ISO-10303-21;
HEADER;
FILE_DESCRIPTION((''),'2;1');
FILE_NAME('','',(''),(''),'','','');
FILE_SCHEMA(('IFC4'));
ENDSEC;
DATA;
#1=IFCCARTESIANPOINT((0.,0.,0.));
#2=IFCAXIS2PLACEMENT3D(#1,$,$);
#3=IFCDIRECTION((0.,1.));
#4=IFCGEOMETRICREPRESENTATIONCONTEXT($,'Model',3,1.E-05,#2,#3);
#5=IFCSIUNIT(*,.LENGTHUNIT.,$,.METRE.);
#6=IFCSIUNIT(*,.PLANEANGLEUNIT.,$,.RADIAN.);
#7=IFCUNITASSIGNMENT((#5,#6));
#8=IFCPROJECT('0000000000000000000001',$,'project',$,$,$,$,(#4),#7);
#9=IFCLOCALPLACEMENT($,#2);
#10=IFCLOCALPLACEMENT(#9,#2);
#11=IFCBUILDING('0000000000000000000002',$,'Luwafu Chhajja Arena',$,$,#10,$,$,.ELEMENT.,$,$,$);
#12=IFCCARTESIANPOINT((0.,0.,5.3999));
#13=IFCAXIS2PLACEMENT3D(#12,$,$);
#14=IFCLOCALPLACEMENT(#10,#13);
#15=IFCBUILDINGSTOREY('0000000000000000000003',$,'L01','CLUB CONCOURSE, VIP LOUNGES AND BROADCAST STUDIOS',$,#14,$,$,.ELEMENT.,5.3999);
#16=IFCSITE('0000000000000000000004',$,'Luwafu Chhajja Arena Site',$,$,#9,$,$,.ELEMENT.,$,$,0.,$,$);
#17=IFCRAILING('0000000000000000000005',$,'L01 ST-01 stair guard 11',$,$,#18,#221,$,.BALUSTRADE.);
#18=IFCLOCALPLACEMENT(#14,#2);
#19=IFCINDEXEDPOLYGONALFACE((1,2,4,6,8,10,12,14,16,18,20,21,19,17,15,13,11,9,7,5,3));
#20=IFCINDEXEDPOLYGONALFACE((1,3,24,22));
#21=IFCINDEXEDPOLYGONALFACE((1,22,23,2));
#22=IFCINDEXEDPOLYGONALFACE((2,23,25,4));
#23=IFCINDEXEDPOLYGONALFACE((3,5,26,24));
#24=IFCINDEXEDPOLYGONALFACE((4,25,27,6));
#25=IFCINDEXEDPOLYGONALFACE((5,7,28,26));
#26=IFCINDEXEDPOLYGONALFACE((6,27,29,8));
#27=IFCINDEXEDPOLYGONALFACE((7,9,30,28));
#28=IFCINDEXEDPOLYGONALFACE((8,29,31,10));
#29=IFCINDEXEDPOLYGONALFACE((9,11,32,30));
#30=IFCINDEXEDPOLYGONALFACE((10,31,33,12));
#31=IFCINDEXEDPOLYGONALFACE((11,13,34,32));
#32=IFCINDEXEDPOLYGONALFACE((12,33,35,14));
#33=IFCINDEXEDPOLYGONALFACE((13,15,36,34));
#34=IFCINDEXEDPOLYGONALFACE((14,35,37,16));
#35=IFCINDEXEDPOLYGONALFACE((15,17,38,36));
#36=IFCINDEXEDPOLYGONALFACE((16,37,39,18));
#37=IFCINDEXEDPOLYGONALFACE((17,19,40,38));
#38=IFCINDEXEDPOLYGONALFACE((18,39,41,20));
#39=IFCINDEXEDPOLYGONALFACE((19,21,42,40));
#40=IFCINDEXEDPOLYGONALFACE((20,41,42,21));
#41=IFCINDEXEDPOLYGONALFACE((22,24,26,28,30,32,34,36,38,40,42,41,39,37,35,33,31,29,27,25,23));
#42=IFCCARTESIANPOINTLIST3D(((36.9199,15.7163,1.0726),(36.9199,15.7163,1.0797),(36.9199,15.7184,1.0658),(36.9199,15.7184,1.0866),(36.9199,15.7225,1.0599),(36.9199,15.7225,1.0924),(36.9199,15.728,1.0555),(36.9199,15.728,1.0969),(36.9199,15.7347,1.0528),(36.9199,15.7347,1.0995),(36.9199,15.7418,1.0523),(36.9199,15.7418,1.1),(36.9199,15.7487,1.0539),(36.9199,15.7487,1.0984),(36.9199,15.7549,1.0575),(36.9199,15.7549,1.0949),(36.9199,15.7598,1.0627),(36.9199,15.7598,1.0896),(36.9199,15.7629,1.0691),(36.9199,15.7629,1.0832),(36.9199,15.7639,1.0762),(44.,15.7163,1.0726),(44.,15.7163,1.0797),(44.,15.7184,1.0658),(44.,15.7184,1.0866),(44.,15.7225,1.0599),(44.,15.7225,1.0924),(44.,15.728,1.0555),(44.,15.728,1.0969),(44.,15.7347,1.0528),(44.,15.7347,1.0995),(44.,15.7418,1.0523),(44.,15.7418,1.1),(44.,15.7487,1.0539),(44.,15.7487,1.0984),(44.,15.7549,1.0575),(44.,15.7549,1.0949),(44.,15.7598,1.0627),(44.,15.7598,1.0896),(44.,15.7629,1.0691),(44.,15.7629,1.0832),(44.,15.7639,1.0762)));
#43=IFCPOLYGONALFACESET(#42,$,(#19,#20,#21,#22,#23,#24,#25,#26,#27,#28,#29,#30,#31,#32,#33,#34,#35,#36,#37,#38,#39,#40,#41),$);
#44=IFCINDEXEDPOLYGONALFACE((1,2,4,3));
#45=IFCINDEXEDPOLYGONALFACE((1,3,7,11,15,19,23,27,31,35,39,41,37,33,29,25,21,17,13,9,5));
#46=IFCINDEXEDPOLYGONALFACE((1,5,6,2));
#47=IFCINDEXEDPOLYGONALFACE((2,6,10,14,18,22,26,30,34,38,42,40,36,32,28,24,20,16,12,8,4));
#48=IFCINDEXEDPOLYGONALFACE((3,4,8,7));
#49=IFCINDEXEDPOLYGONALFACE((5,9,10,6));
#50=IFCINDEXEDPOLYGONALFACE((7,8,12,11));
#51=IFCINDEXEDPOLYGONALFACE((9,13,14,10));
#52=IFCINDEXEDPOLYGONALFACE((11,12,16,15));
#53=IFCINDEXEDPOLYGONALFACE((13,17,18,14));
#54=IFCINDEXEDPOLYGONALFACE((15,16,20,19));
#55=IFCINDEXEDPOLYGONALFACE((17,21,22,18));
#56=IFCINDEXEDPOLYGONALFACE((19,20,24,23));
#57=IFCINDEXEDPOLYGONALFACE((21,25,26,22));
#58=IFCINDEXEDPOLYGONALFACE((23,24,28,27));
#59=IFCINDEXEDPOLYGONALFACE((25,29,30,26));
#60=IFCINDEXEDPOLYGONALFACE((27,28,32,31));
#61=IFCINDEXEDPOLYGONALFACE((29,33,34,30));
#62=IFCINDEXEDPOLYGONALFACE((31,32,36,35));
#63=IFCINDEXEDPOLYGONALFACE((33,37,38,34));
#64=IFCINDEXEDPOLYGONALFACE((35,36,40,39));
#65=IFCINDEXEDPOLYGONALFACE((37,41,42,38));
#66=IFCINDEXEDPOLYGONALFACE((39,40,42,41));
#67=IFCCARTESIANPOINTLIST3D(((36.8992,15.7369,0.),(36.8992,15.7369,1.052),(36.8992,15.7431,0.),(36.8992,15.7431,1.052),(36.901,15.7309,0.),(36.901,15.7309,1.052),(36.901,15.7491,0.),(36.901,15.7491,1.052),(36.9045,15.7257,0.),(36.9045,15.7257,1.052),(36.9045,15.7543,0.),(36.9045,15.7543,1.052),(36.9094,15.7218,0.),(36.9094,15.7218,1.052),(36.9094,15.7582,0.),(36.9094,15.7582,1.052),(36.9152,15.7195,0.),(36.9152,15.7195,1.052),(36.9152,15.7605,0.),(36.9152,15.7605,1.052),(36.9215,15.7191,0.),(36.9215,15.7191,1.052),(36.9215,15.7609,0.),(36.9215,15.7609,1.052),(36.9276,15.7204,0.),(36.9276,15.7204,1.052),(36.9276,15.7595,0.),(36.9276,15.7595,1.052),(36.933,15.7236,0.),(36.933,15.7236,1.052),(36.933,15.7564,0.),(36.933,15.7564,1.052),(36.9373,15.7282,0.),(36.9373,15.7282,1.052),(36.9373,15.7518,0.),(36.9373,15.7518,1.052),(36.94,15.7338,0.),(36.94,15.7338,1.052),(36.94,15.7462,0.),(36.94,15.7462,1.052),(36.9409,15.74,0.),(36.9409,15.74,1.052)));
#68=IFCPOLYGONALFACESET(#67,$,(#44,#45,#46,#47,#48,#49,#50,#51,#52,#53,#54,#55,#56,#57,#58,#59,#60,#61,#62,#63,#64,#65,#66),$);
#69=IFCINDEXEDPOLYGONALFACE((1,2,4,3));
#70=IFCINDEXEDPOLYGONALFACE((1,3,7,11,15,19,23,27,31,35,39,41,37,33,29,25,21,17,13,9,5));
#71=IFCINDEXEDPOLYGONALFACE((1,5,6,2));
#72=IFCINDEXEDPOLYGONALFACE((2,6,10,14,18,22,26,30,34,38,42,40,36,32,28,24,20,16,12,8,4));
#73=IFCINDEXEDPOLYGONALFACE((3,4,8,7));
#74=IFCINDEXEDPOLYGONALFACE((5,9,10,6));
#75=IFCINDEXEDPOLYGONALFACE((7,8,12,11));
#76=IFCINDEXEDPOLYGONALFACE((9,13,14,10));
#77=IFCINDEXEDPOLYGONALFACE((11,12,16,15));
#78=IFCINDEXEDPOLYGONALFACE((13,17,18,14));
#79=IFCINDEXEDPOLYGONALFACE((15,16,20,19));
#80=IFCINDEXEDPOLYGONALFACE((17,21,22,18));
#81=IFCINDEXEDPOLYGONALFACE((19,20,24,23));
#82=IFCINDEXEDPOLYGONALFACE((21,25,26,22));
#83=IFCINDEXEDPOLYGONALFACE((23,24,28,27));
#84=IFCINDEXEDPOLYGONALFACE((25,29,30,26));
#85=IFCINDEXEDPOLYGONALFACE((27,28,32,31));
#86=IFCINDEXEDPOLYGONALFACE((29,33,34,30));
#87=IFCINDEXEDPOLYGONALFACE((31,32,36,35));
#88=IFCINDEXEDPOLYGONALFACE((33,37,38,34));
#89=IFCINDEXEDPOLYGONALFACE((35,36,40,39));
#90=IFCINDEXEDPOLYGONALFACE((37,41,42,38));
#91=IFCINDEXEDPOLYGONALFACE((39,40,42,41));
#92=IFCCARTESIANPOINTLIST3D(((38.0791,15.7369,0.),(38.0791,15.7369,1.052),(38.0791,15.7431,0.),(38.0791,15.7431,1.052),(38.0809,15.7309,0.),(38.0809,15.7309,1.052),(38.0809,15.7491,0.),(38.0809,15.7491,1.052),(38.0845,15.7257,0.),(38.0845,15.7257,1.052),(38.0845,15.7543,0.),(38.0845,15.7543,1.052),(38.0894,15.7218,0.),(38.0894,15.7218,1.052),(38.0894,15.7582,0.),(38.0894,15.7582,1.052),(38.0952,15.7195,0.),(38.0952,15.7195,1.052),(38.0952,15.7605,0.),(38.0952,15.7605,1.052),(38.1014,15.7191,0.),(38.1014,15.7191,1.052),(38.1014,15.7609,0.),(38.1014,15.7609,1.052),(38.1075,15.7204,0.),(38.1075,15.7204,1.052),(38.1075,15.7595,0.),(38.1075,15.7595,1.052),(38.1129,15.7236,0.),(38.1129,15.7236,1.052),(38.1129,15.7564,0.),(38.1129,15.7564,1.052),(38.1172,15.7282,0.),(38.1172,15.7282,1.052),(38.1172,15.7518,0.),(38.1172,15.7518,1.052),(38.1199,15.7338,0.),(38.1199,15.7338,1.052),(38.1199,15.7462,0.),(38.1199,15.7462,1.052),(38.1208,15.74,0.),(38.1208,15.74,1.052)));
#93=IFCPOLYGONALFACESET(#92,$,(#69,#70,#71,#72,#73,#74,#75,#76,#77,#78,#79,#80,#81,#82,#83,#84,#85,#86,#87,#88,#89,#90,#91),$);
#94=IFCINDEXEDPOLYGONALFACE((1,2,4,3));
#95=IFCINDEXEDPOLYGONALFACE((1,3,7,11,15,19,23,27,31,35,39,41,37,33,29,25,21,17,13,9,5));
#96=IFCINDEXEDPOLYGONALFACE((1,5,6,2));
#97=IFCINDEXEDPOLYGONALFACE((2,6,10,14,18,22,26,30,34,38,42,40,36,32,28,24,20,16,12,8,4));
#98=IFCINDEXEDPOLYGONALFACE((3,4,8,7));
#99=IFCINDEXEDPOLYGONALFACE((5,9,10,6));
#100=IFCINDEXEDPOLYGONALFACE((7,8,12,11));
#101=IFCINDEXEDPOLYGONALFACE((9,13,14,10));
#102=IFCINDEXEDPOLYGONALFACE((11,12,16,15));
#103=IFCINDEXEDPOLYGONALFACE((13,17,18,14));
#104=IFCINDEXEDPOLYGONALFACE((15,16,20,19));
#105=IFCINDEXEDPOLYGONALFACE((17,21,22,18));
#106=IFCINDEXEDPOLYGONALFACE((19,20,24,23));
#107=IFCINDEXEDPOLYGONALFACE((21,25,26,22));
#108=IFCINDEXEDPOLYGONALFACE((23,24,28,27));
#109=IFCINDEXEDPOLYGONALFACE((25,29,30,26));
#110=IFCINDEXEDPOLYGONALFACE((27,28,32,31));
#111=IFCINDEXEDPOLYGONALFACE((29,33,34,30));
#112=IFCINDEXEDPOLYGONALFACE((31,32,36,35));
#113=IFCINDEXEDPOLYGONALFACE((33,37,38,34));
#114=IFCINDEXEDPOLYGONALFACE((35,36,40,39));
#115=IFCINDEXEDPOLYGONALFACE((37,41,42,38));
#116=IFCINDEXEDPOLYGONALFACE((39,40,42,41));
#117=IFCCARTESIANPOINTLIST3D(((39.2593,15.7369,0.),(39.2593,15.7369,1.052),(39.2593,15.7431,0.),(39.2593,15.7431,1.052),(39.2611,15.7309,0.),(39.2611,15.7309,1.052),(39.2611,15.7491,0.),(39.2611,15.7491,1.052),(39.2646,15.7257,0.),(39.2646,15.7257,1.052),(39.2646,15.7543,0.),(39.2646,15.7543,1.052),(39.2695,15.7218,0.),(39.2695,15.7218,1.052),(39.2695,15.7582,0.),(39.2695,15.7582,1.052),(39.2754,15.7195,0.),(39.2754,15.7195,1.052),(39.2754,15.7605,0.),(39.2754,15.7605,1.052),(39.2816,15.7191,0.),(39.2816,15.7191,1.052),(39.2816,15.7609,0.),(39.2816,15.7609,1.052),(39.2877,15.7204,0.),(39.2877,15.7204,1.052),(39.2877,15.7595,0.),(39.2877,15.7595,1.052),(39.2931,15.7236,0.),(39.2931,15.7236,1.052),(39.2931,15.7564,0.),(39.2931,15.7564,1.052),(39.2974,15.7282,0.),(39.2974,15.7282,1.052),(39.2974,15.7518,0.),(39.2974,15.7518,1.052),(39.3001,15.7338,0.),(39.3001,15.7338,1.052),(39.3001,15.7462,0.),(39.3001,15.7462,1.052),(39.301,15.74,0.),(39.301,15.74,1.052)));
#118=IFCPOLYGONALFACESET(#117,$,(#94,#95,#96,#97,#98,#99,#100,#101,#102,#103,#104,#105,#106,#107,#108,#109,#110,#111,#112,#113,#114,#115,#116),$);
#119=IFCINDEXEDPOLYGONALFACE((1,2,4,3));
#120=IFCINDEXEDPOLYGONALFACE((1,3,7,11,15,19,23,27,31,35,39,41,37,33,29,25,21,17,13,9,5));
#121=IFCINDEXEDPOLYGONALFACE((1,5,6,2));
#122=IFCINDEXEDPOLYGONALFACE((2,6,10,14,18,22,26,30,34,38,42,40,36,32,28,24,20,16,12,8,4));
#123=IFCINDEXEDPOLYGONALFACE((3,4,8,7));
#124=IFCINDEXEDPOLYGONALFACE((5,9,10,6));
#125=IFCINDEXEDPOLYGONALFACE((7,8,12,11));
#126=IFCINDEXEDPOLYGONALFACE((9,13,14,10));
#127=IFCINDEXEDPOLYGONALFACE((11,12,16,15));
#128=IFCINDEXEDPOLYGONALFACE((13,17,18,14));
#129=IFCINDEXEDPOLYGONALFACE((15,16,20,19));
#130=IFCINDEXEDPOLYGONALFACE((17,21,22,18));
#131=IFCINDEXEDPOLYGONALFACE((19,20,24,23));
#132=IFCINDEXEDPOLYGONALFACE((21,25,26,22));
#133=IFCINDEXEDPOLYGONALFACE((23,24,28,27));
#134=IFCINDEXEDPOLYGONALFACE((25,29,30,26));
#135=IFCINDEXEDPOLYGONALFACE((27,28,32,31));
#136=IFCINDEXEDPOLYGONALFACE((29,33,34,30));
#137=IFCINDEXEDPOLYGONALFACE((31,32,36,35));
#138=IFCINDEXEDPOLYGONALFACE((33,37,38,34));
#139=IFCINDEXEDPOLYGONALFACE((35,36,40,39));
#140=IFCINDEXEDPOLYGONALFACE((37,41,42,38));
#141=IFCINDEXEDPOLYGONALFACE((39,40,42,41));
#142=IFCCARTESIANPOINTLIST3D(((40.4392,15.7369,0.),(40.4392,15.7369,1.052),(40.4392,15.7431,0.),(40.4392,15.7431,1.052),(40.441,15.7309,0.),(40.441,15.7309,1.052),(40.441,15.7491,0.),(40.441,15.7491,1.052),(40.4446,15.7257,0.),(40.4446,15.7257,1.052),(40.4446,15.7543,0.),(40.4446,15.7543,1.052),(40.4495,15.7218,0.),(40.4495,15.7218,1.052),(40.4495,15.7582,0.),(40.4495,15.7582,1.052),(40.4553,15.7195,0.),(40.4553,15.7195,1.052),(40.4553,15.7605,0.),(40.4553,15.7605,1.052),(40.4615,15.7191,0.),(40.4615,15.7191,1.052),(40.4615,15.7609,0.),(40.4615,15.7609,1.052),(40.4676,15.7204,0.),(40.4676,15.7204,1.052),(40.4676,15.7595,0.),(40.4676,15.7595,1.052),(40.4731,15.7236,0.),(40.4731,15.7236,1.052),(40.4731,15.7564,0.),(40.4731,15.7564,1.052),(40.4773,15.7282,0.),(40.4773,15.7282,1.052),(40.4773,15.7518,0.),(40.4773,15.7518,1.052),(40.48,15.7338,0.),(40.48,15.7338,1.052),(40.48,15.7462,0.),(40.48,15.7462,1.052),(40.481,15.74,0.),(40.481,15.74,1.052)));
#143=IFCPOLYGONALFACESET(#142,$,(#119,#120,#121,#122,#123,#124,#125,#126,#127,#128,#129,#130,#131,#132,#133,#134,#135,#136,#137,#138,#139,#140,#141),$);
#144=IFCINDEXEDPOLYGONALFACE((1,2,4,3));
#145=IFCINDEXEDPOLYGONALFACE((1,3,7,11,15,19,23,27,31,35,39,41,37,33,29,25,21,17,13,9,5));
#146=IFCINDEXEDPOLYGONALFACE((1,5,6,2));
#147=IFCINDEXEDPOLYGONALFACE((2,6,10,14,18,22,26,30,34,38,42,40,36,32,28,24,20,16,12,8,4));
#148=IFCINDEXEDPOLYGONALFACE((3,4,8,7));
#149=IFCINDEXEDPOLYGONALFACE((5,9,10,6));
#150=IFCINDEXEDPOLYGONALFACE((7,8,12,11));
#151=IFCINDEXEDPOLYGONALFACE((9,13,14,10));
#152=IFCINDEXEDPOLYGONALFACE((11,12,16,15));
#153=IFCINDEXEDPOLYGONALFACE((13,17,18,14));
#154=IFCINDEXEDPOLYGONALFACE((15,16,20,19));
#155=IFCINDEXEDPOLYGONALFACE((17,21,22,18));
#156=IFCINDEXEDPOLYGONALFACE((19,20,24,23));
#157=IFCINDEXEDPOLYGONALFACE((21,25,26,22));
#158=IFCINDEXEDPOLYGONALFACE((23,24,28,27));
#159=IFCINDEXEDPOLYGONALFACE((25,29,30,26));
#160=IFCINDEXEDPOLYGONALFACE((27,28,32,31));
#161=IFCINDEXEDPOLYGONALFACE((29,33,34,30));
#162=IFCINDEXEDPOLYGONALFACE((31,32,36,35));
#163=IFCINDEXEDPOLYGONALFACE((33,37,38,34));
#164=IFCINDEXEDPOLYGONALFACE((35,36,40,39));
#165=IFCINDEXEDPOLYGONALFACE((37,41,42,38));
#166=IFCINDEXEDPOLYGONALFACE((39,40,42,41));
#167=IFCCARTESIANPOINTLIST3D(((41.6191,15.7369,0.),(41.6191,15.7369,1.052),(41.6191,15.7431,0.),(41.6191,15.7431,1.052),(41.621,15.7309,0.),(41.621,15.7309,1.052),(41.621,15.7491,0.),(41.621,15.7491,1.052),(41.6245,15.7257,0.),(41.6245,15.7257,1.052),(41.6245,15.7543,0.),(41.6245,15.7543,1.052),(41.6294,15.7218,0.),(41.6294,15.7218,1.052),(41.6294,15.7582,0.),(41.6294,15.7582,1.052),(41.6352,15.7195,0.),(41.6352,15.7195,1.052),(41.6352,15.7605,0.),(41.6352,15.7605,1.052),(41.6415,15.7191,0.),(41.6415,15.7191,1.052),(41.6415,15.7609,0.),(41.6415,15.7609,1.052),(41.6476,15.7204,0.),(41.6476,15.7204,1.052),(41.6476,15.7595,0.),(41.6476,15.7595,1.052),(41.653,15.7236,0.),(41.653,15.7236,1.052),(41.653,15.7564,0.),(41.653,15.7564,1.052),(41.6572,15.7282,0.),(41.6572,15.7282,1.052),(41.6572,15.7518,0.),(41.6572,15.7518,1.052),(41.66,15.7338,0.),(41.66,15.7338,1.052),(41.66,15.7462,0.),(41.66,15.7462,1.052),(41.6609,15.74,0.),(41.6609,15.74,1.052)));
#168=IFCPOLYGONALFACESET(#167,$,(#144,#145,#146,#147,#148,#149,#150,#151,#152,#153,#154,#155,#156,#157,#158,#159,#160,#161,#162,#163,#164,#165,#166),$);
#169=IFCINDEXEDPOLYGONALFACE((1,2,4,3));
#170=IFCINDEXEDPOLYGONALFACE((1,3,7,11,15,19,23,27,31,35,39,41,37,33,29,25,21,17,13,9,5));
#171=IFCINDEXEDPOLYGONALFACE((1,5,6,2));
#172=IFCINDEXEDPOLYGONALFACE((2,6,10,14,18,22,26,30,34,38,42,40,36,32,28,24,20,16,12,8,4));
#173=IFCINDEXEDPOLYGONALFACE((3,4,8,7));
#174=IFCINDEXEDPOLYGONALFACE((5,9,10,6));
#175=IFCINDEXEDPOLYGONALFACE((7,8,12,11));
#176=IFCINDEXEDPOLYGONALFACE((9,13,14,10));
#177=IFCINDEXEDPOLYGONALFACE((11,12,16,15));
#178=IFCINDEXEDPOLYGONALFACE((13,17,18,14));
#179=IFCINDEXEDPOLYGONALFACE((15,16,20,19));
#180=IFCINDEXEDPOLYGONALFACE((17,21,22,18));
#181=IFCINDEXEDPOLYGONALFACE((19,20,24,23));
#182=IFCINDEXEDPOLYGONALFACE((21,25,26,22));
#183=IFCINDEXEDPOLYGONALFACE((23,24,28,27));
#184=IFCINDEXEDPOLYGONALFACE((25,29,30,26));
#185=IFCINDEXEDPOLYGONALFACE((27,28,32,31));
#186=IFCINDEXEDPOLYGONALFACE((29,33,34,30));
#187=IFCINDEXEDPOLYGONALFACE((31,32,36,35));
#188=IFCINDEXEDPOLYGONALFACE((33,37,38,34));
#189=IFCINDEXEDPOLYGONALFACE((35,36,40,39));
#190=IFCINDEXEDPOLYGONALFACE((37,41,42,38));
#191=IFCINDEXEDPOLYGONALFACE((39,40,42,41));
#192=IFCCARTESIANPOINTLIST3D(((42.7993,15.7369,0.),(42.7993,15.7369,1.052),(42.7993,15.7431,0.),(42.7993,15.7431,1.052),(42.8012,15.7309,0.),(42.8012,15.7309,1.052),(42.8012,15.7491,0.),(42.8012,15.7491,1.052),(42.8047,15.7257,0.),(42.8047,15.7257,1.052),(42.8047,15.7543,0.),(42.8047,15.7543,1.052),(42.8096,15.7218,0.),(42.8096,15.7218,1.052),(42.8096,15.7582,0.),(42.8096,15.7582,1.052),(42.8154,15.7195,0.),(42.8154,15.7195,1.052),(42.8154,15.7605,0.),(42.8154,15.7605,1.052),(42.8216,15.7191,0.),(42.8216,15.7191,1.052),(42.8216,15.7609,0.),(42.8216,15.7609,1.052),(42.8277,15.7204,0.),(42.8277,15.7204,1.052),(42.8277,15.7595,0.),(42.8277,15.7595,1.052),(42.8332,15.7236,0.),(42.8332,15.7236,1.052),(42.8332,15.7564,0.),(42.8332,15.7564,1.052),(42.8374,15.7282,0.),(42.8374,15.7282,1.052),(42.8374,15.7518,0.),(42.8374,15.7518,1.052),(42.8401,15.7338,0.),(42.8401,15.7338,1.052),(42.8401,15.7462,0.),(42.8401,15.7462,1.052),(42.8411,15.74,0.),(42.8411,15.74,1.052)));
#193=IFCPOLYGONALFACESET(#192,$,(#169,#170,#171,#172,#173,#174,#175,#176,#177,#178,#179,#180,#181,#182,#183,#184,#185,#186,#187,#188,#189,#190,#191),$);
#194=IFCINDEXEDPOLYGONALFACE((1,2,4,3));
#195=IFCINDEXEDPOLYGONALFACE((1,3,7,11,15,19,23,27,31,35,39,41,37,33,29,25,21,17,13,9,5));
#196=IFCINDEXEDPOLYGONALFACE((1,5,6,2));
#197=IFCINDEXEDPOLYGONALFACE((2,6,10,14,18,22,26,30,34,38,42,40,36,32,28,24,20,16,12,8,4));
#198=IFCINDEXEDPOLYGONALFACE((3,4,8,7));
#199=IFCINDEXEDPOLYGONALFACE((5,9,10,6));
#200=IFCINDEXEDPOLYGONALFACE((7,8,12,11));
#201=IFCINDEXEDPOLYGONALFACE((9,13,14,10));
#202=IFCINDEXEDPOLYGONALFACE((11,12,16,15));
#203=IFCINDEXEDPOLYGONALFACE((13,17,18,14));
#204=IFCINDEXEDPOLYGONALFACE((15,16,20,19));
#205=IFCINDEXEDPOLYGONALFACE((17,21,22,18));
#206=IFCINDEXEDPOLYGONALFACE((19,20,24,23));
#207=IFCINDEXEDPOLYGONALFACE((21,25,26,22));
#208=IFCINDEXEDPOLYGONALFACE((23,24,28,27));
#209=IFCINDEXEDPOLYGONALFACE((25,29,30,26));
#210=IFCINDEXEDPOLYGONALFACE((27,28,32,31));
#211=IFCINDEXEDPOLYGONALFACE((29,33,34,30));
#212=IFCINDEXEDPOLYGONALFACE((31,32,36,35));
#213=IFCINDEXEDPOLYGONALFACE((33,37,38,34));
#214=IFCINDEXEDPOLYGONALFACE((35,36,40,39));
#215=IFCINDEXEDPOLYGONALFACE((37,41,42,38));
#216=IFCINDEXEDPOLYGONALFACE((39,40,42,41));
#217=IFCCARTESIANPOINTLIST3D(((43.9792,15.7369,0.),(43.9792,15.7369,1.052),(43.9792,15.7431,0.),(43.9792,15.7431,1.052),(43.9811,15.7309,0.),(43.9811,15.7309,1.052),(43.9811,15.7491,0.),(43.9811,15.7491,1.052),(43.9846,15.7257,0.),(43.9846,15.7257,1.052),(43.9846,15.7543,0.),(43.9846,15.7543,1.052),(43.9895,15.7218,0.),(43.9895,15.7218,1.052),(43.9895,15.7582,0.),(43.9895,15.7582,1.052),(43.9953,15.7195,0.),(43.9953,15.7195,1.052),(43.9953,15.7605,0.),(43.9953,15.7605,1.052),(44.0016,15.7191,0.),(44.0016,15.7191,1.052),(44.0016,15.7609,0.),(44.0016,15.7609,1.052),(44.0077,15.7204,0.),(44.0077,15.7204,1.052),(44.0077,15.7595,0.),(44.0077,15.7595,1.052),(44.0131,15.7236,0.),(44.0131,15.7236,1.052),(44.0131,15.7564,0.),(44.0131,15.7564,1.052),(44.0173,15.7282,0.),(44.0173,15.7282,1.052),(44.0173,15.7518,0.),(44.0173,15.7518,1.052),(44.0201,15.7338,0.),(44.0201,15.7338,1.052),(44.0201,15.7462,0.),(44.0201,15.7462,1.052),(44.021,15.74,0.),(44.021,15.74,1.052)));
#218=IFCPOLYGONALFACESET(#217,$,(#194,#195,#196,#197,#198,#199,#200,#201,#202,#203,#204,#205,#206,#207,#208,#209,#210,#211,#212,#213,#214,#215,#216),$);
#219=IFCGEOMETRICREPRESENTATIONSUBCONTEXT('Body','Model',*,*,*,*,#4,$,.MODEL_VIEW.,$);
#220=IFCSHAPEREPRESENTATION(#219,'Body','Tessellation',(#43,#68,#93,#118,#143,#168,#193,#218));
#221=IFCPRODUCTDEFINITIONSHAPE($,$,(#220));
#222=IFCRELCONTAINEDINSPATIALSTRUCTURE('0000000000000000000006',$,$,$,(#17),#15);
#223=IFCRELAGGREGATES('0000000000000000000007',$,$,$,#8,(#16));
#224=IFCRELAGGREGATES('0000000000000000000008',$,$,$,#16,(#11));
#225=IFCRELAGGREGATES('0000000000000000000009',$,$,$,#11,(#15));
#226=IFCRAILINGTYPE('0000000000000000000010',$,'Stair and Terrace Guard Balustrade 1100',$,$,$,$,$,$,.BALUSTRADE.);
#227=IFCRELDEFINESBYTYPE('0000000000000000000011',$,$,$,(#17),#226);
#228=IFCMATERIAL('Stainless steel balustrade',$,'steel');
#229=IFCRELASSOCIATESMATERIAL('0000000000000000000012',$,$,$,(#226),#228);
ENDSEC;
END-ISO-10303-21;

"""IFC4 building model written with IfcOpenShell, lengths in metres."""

from ifc_helpers import new_model, si_unit, direction, frame, origin, origin_2d, place, context, subcontext, project, spatial, circle, extrude, material, type_object, element, save


model = new_model("IFC4")

# Units and contexts
model_context = context("Model", 3, precision=1e-05, world=origin(), true_north=direction((0.0, 1.0)))
body_context = subcontext(model_context, "Body", "Model", "MODEL_VIEW")
ifc_project = project(units=[si_unit("LENGTHUNIT", "METRE"), si_unit("PLANEANGLEUNIT", "RADIAN")], contexts=[model_context])

# Site, building, storey
site_placement = place(None, origin())
site = spatial("IfcSite", under=ifc_project, at=site_placement, Name="Luwafu Chhajja Arena Site", CompositionType="ELEMENT", RefElevation=0.0)
building_placement = place(site_placement, origin())
building = spatial("IfcBuilding", under=site, at=building_placement, Name="Luwafu Chhajja Arena", CompositionType="ELEMENT")
storey_placement = place(building_placement, frame((0.0, 0.0, 5.3999)))
storey = spatial("IfcBuildingStorey", under=building, at=storey_placement, Name="L01", Description="CLUB CONCOURSE, VIP LOUNGES AND BROADCAST STUDIOS", CompositionType="ELEMENT", Elevation=5.3999)

# Railing
ifc_material_1 = material(Name="Stainless steel balustrade", Category="steel")
railing_type_1 = type_object("IfcRailingType", Name="Stair and Terrace Guard Balustrade 1100", PredefinedType="BALUSTRADE", material=ifc_material_1)
railing_1_placement = place(storey_placement, frame((36.9199, 15.74, 0.0)))
element("IfcRailing", 1, at=railing_1_placement, inside=storey, type_object=railing_type_1, Name="L01 ST-01 stair guard 11", PredefinedType="BALUSTRADE", context=body_context, shape_type="SweptSolid", body=[
    extrude(circle(Radius=0.0239, at=origin_2d()), frame((0.0, 0.0, 1.0762), z_axis=(1.0, 0.0, 0.0), x_axis=(0.0, 1.0, 0.0)), (0.0, 0.0, 1.0), 7.0801),
    extrude(circle(Radius=0.021, at=origin_2d()), origin(), (0.0, 0.0, 1.0), 1.052),
    extrude(circle(Radius=0.021, at=origin_2d()), frame((1.1799, 0.0, 0.0)), (0.0, 0.0, 1.0), 1.052),
    extrude(circle(Radius=0.021, at=origin_2d()), frame((2.3601, 0.0, 0.0)), (0.0, 0.0, 1.0), 1.052),
    extrude(circle(Radius=0.021, at=origin_2d()), frame((3.54, 0.0, 0.0)), (0.0, 0.0, 1.0), 1.052),
    extrude(circle(Radius=0.021, at=origin_2d()), frame((4.72, 0.0, 0.0)), (0.0, 0.0, 1.0), 1.052),
    extrude(circle(Radius=0.021, at=origin_2d()), frame((5.9001, 0.0, 0.0)), (0.0, 0.0, 1.0), 1.052),
    extrude(circle(Radius=0.021, at=origin_2d()), frame((7.0801, 0.0, 0.0)), (0.0, 0.0, 1.0), 1.052),
])

save(model, "model.ifc")
